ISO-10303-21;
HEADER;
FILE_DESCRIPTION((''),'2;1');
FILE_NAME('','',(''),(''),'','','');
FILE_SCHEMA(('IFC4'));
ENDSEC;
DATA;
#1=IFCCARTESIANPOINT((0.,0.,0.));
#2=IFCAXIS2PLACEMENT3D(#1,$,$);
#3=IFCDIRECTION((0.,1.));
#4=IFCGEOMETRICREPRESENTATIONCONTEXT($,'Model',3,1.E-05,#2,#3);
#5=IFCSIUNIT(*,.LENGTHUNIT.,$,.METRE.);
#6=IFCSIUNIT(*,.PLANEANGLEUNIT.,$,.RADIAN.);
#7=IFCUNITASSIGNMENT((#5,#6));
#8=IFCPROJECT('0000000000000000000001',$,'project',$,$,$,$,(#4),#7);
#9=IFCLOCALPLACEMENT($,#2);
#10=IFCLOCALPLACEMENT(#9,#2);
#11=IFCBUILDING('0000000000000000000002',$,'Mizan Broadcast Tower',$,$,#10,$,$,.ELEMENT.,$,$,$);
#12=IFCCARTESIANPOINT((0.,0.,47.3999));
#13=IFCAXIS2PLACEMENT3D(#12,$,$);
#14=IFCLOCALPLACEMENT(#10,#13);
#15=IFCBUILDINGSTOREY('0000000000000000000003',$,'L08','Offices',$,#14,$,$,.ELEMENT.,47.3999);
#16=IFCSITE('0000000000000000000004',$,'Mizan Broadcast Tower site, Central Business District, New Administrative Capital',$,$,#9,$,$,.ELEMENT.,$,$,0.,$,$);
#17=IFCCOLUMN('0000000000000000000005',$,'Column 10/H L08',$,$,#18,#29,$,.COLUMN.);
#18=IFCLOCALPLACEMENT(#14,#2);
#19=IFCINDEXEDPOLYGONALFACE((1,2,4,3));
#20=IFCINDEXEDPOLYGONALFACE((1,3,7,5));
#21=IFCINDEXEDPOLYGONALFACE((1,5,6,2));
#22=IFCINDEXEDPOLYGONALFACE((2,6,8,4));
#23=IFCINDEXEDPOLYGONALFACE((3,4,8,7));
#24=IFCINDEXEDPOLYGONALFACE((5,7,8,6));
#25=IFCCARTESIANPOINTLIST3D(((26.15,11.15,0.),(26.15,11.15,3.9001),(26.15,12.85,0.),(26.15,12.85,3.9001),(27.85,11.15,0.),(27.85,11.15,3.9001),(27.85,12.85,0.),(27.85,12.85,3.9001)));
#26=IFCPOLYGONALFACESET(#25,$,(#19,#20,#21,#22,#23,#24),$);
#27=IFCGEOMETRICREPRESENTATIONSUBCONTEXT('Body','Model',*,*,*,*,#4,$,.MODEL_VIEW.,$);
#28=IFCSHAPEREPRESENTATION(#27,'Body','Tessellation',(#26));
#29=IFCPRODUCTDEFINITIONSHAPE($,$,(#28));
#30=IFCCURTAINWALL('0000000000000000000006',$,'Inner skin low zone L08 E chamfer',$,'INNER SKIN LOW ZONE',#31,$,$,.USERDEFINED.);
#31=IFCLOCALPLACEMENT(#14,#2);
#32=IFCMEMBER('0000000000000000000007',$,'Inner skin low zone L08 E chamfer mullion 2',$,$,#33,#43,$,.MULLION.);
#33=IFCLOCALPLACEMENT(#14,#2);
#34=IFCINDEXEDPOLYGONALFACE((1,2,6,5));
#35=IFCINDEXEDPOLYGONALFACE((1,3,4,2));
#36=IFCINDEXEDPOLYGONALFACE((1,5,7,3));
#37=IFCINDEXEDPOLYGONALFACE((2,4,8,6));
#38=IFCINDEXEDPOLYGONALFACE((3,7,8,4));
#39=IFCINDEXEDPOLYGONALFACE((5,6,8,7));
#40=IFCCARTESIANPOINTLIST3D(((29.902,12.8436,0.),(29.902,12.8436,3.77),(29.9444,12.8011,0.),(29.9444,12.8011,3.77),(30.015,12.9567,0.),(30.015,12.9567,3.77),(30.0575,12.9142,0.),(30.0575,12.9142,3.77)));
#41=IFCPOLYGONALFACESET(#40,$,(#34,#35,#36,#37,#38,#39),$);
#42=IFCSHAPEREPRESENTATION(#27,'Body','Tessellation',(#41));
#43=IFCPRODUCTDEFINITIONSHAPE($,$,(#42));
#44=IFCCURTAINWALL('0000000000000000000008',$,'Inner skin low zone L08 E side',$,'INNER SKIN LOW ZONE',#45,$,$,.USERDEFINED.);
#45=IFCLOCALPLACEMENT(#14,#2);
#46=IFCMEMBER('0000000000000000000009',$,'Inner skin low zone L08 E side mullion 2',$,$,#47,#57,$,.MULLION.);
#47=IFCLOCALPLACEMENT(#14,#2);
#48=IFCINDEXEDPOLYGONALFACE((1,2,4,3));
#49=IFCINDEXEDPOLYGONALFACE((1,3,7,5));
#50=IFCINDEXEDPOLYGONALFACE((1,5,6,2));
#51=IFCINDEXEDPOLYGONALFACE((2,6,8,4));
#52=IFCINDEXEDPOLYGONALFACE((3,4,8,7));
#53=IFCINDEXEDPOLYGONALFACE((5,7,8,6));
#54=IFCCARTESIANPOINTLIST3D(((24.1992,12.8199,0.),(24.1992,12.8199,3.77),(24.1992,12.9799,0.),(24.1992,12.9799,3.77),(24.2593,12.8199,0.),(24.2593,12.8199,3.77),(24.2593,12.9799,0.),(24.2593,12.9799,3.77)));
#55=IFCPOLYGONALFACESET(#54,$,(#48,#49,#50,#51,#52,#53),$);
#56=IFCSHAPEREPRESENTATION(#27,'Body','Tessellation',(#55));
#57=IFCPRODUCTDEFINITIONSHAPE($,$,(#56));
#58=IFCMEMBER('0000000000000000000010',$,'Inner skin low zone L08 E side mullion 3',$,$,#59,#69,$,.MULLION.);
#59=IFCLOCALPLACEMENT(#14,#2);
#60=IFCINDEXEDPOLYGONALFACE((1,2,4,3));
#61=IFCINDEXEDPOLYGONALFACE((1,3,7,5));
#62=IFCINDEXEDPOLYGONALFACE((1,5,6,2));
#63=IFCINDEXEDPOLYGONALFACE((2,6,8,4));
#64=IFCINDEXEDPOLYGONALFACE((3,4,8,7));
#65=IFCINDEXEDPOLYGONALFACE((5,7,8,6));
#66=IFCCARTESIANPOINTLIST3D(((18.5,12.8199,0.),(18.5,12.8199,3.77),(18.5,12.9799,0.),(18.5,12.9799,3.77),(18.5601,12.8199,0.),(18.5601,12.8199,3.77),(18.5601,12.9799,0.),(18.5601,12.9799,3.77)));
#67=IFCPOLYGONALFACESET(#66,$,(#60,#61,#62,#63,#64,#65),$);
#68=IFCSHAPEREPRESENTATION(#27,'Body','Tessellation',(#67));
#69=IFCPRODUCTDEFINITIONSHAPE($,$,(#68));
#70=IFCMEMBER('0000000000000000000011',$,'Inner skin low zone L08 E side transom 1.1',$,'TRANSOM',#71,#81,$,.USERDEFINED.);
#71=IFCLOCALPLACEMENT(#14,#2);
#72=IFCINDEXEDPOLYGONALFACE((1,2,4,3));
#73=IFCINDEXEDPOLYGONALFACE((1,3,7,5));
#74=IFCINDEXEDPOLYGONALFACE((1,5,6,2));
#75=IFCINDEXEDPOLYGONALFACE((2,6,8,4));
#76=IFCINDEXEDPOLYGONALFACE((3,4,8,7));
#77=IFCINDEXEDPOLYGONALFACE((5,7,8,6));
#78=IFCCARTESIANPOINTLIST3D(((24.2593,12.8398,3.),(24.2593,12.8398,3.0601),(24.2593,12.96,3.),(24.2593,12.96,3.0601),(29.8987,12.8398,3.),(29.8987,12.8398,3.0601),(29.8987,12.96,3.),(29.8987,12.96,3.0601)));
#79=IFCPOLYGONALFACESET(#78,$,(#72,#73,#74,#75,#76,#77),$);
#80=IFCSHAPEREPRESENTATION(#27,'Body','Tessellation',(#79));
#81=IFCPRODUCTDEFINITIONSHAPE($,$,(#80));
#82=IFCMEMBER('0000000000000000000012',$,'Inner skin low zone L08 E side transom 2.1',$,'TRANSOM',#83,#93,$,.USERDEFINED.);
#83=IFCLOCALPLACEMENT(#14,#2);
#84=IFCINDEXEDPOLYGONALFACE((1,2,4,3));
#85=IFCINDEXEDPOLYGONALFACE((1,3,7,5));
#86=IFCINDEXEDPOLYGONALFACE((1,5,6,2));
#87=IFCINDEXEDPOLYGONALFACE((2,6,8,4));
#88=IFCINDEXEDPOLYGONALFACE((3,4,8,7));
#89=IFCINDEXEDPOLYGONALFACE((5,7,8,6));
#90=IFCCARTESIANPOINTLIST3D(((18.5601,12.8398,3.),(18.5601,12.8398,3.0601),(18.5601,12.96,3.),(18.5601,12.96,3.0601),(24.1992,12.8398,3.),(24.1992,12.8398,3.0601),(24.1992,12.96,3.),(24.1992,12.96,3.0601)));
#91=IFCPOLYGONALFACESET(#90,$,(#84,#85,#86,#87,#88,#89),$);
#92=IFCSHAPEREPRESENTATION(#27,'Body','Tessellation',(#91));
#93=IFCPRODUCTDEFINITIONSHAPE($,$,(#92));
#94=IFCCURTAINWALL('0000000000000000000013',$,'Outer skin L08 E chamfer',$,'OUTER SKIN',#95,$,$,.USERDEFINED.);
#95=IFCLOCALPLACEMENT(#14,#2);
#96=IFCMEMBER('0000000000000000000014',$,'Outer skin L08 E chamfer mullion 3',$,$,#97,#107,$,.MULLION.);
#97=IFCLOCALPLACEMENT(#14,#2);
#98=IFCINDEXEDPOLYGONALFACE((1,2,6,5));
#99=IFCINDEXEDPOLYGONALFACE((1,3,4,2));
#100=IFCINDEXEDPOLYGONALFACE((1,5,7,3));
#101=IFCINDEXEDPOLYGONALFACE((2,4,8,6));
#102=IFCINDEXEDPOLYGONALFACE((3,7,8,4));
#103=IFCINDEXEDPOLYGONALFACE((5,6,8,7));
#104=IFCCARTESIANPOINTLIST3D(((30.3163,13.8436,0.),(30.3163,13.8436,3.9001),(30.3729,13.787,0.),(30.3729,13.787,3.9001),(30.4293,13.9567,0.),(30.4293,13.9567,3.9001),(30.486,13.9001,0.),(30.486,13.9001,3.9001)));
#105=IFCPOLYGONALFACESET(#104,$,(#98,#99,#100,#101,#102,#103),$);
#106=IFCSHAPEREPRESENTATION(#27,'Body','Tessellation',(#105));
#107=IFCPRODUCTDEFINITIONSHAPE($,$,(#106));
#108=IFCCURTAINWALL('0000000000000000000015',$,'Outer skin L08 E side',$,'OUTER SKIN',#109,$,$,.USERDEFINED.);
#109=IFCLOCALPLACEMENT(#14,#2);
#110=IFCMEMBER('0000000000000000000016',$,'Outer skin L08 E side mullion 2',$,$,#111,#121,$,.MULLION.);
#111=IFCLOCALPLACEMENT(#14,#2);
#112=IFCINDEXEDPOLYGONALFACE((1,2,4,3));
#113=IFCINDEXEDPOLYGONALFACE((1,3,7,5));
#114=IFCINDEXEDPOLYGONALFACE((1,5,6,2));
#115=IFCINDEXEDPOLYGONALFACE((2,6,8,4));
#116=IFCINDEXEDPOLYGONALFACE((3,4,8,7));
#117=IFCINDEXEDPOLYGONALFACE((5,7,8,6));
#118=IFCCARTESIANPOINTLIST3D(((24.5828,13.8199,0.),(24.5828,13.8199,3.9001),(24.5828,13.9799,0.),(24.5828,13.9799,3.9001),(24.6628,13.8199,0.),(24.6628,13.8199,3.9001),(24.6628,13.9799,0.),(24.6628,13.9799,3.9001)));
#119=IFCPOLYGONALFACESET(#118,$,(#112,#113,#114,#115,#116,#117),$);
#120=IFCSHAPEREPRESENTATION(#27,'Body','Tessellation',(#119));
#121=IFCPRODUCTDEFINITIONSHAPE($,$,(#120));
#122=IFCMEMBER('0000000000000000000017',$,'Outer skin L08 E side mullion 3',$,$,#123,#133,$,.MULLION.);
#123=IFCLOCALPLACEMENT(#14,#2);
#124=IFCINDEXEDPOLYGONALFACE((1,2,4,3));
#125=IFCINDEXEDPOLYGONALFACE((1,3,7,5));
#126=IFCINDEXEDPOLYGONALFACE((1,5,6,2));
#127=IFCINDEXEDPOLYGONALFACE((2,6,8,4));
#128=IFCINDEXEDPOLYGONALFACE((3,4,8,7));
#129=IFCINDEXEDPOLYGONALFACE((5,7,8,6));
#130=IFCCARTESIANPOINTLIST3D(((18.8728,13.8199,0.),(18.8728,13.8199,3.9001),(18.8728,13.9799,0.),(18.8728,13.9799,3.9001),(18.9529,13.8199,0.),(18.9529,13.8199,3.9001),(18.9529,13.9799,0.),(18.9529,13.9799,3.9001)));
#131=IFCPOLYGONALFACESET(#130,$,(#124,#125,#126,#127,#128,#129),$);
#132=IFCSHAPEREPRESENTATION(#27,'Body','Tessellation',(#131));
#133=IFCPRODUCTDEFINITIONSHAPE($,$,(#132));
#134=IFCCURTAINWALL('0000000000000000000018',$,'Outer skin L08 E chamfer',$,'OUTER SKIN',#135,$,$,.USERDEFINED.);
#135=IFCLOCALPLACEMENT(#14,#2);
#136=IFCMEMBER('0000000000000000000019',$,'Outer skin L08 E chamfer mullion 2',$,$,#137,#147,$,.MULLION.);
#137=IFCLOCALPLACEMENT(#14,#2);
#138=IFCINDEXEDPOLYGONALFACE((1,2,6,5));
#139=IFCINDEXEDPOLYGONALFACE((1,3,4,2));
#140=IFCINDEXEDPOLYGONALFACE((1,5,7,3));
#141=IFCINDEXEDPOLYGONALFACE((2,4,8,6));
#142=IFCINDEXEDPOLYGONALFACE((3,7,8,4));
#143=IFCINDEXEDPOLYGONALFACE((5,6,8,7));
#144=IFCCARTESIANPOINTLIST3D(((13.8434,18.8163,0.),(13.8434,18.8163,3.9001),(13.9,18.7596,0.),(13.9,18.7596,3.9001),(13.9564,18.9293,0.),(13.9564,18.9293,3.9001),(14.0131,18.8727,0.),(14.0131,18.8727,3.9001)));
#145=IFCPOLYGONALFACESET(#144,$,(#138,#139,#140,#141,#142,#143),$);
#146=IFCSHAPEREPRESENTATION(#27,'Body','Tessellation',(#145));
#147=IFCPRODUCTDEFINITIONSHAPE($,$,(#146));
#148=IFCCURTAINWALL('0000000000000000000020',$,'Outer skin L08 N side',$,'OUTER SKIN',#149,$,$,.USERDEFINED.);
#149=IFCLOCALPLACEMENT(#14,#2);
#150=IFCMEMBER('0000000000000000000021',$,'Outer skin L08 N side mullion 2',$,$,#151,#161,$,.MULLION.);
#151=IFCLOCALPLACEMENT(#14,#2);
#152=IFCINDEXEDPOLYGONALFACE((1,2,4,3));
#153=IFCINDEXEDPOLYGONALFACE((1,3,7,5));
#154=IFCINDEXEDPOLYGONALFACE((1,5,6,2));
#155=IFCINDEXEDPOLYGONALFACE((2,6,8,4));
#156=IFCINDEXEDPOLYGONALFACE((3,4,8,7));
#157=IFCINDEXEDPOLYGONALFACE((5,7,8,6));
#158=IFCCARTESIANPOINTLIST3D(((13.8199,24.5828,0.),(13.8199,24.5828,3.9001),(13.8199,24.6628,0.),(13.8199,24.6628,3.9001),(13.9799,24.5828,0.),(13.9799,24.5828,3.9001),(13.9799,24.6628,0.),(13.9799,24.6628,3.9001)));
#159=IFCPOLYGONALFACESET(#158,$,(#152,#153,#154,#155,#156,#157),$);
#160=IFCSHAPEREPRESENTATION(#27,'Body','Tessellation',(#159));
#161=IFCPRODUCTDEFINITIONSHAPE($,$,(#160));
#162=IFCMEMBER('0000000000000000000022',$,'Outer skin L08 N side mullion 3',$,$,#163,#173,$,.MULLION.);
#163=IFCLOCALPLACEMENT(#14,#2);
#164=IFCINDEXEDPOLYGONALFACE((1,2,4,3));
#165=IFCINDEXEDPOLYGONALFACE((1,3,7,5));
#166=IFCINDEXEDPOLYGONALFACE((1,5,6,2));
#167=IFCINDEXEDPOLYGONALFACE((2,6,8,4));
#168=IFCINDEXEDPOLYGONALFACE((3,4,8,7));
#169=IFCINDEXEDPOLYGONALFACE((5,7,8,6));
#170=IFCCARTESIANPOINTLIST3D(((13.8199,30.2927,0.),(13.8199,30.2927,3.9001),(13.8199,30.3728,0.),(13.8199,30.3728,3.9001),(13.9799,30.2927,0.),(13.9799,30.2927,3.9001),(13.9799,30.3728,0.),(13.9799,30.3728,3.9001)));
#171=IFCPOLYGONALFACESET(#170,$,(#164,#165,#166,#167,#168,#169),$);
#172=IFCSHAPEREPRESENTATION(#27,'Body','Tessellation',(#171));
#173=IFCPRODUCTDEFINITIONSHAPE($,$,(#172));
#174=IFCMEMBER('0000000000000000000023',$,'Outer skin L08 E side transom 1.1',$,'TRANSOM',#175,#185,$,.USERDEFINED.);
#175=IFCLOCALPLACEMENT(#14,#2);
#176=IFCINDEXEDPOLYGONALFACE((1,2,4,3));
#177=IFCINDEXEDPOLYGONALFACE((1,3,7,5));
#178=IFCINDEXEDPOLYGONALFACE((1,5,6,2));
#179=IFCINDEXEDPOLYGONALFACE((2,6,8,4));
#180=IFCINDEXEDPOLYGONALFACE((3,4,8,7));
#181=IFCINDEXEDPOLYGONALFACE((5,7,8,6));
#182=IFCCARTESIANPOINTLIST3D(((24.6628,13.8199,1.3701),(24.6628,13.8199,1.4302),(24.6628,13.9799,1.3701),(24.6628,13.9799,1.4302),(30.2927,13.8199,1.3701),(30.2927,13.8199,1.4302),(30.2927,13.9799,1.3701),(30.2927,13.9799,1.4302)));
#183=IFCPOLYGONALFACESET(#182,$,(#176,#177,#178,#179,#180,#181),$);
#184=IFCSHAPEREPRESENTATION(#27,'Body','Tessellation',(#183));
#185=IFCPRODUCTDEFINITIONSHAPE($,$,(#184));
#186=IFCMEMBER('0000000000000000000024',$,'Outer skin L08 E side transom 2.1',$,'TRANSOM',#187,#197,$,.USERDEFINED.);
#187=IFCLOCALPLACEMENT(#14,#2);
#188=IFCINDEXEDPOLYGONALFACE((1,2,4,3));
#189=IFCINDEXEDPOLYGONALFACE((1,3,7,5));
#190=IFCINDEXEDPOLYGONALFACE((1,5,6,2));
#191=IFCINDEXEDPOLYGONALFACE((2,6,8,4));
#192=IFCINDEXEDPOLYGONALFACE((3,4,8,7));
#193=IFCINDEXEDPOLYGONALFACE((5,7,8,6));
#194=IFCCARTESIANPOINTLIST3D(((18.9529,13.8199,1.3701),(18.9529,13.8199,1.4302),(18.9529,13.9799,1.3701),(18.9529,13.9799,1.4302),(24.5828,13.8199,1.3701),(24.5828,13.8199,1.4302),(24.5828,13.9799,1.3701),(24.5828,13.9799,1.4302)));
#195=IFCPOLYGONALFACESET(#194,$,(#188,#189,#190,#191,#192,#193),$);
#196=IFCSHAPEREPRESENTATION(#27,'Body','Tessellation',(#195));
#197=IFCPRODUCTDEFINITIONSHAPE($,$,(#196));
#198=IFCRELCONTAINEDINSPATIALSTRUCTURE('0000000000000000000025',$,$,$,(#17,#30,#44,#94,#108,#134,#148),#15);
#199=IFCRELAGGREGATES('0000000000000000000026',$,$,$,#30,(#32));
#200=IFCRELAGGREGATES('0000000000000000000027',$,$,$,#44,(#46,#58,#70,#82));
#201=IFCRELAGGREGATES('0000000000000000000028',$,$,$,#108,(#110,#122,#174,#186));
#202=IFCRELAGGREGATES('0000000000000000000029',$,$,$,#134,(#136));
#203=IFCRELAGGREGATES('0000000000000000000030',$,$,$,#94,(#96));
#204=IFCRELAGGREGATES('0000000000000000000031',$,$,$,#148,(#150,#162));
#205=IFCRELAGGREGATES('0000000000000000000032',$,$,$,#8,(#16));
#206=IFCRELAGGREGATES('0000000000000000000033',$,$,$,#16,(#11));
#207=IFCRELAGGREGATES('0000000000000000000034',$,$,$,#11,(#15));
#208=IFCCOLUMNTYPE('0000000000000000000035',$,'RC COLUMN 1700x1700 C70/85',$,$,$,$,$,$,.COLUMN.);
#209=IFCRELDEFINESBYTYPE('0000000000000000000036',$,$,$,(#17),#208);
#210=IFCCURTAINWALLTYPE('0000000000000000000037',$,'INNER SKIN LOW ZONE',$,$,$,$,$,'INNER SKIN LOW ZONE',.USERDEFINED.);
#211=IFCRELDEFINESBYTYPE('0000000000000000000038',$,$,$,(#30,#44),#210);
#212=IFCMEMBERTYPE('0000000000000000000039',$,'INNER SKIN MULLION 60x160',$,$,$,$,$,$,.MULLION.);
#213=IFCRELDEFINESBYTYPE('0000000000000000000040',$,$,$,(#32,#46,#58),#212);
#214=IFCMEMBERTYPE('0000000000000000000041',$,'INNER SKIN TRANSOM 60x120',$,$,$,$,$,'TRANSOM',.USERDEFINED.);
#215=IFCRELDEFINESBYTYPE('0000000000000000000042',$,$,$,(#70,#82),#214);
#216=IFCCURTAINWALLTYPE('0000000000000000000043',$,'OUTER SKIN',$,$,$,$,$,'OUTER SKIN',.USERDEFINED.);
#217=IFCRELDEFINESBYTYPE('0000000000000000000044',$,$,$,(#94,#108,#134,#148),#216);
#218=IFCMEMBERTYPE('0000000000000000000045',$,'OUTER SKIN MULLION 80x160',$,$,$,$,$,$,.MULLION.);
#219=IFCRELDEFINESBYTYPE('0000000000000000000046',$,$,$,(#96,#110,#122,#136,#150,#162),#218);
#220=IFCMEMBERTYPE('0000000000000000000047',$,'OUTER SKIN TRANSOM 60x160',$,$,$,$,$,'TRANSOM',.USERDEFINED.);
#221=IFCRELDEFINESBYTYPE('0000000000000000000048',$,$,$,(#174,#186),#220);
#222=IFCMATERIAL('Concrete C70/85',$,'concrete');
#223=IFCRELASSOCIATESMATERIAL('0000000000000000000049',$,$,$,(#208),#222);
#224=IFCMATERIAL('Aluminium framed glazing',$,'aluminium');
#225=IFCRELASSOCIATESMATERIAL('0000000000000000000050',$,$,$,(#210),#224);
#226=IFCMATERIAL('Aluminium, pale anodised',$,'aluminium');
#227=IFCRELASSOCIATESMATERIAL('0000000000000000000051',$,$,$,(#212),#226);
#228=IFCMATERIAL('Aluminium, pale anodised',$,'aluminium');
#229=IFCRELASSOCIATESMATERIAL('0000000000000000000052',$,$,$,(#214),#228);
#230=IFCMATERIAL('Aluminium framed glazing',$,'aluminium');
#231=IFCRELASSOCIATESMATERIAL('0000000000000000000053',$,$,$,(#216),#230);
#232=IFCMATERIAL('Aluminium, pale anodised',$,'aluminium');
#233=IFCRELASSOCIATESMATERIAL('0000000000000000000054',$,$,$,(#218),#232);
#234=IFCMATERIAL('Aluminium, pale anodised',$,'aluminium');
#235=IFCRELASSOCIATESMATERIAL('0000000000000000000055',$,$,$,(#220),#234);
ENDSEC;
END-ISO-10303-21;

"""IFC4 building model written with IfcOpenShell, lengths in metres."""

from ifc_helpers import new_model, si_unit, direction, frame, origin, origin_2d, place, context, subcontext, project, spatial, rectangle, extrude, material, material_profile, profile_set, type_object, element, aggregate, save


model = new_model("IFC4")

# Units and contexts
model_context = context("Model", 3, precision=1e-05, world=origin(), true_north=direction((0.0, 1.0)))
body_context = subcontext(model_context, "Body", "Model", "MODEL_VIEW")
ifc_project = project(units=[si_unit("LENGTHUNIT", "METRE"), si_unit("PLANEANGLEUNIT", "RADIAN")], contexts=[model_context])

# Site, building, storey
site_placement = place(None, origin())
site = spatial("IfcSite", under=ifc_project, at=site_placement, Name="Mizan Broadcast Tower site, Central Business District, New Administrative Capital", CompositionType="ELEMENT", RefElevation=0.0)
building_placement = place(site_placement, origin())
building = spatial("IfcBuilding", under=site, at=building_placement, Name="Mizan Broadcast Tower", CompositionType="ELEMENT")
storey_placement = place(building_placement, frame((0.0, 0.0, 47.3999)))
storey = spatial("IfcBuildingStorey", under=building, at=storey_placement, Name="L08", Description="Offices", CompositionType="ELEMENT", Elevation=47.3999)

# Column
ifc_material_1 = material(Name="Concrete C70/85", Category="concrete")
ifc_material_profile_1 = material_profile(ifc_material_1, rectangle(XDim=1.7, YDim=1.7, at=origin_2d()), Name="RC 1700x1700")
ifc_profile_set_1 = profile_set([ifc_material_profile_1], Name="Concrete C70/85")
column_type = type_object("IfcColumnType", Name="RC COLUMN 1700x1700 C70/85", PredefinedType="COLUMN", material=ifc_profile_set_1)
column_placement = place(storey_placement, frame((27.0, 12.0, 0.0), z_axis=(0.0, 0.0, 1.0), x_axis=(1.0, 0.0, 0.0)))
element("IfcColumn", 1, at=column_placement, inside=storey, type_object=column_type, Name="Column 10/H L08", PredefinedType="COLUMN", context=body_context, shape_type="SweptSolid", body=[
    extrude(rectangle(XDim=1.7, YDim=1.7, at=origin_2d()), origin(), (0.0, 0.0, 1.0), 3.9001),
])

# Curtain wall, member
ifc_material_2 = material(Name="Aluminium framed glazing", Category="aluminium")
curtain_wall_type_1 = type_object("IfcCurtainWallType", Name="INNER SKIN LOW ZONE", ElementType="INNER SKIN LOW ZONE", PredefinedType="USERDEFINED", material=ifc_material_2)
curtain_wall_1_placement = place(storey_placement, origin())
curtain_wall_1 = element("IfcCurtainWall", 2, at=curtain_wall_1_placement, inside=storey, type_object=curtain_wall_type_1, Name="Inner skin low zone L08 E chamfer", ObjectType="INNER SKIN LOW ZONE", PredefinedType="USERDEFINED")
ifc_material_3 = material(Name="Aluminium, pale anodised", Category="aluminium")
ifc_material_profile_2 = material_profile(ifc_material_3, rectangle(XDim=0.1599, YDim=0.0601, at=origin_2d()), Name="MULLION 160x60")
ifc_profile_set_2 = profile_set([ifc_material_profile_2], Name="Aluminium, pale anodised")
member_type_1 = type_object("IfcMemberType", Name="INNER SKIN MULLION 60x160", PredefinedType="MULLION", material=ifc_profile_set_2)
member_1_placement = place(storey_placement, frame((29.9797, 12.8789, 0.0), z_axis=(0.0, 0.0, 1.0), x_axis=(-0.707107, -0.707107, 0.0)))
member_1 = element("IfcMember", 3, at=member_1_placement, type_object=member_type_1, Name="Inner skin low zone L08 E chamfer mullion 2", PredefinedType="MULLION", context=body_context, shape_type="SweptSolid", body=[
    extrude(rectangle(XDim=0.1599, YDim=0.0601, at=origin_2d()), origin(), (0.0, 0.0, 1.0), 3.77),
])
aggregate(curtain_wall_1, [member_1])

# Curtain wall, members
curtain_wall_2_placement = place(storey_placement, origin())
curtain_wall_2 = element("IfcCurtainWall", 4, at=curtain_wall_2_placement, inside=storey, type_object=curtain_wall_type_1, Name="Inner skin low zone L08 E side", ObjectType="INNER SKIN LOW ZONE", PredefinedType="USERDEFINED")
member_2_placement = place(storey_placement, frame((24.2292, 12.8999, 0.0), z_axis=(0.0, 0.0, 1.0), x_axis=(0.0, -1.0, 0.0)))
member_2 = element("IfcMember", 5, at=member_2_placement, type_object=member_type_1, Name="Inner skin low zone L08 E side mullion 2", PredefinedType="MULLION", context=body_context, shape_type="SweptSolid", body=[
    extrude(rectangle(XDim=0.1599, YDim=0.0601, at=origin_2d()), origin(), (0.0, 0.0, 1.0), 3.77),
])
member_3_placement = place(storey_placement, frame((18.53, 12.8999, 0.0), z_axis=(0.0, 0.0, 1.0), x_axis=(0.0, -1.0, 0.0)))
member_3 = element("IfcMember", 6, at=member_3_placement, type_object=member_type_1, Name="Inner skin low zone L08 E side mullion 3", PredefinedType="MULLION", context=body_context, shape_type="SweptSolid", body=[
    extrude(rectangle(XDim=0.1599, YDim=0.0601, at=origin_2d()), origin(), (0.0, 0.0, 1.0), 3.77),
])
ifc_material_4 = material(Name="Aluminium, pale anodised", Category="aluminium")
ifc_material_profile_3 = material_profile(ifc_material_4, rectangle(XDim=0.1201, YDim=0.0601, at=origin_2d()), Name="TRANSOM 120x60")
ifc_profile_set_3 = profile_set([ifc_material_profile_3], Name="Aluminium, pale anodised")
member_type_2 = type_object("IfcMemberType", Name="INNER SKIN TRANSOM 60x120", ElementType="TRANSOM", PredefinedType="USERDEFINED", material=ifc_profile_set_3)
member_4_placement = place(storey_placement, frame((29.8987, 12.8999, 3.03), z_axis=(-1.0, 0.0, 0.0), x_axis=(0.0, -1.0, 0.0)))
member_4 = element("IfcMember", 7, at=member_4_placement, type_object=member_type_2, Name="Inner skin low zone L08 E side transom 1.1", ObjectType="TRANSOM", PredefinedType="USERDEFINED", context=body_context, shape_type="SweptSolid", body=[
    extrude(rectangle(XDim=0.1201, YDim=0.0601, at=origin_2d()), origin(), (0.0, 0.0, 1.0), 5.6394),
])
member_5_placement = place(storey_placement, frame((24.1992, 12.8999, 3.03), z_axis=(-1.0, 0.0, 0.0), x_axis=(0.0, -1.0, 0.0)))
member_5 = element("IfcMember", 8, at=member_5_placement, type_object=member_type_2, Name="Inner skin low zone L08 E side transom 2.1", ObjectType="TRANSOM", PredefinedType="USERDEFINED", context=body_context, shape_type="SweptSolid", body=[
    extrude(rectangle(XDim=0.1201, YDim=0.0601, at=origin_2d()), origin(), (0.0, 0.0, 1.0), 5.6392),
])

# Curtain wall, member
ifc_material_5 = material(Name="Aluminium framed glazing", Category="aluminium")
curtain_wall_type_2 = type_object("IfcCurtainWallType", Name="OUTER SKIN", ElementType="OUTER SKIN", PredefinedType="USERDEFINED", material=ifc_material_5)
curtain_wall_3_placement = place(storey_placement, origin())
curtain_wall_3 = element("IfcCurtainWall", 9, at=curtain_wall_3_placement, inside=storey, type_object=curtain_wall_type_2, Name="Outer skin L08 E chamfer", ObjectType="OUTER SKIN", PredefinedType="USERDEFINED")
ifc_material_6 = material(Name="Aluminium, pale anodised", Category="aluminium")
ifc_material_profile_4 = material_profile(ifc_material_6, rectangle(XDim=0.1599, YDim=0.0801, at=origin_2d()), Name="MULLION 160x80")
ifc_profile_set_4 = profile_set([ifc_material_profile_4], Name="Aluminium, pale anodised")
member_type_3 = type_object("IfcMemberType", Name="OUTER SKIN MULLION 80x160", PredefinedType="MULLION", material=ifc_profile_set_4)
member_6_placement = place(storey_placement, frame((30.4011, 13.8718, 0.0), z_axis=(0.0, 0.0, 1.0), x_axis=(-0.707107, -0.707107, 0.0)))
member_6 = element("IfcMember", 10, at=member_6_placement, type_object=member_type_3, Name="Outer skin L08 E chamfer mullion 3", PredefinedType="MULLION", context=body_context, shape_type="SweptSolid", body=[
    extrude(rectangle(XDim=0.1599, YDim=0.0801, at=origin_2d()), origin(), (0.0, 0.0, 1.0), 3.9001),
])

# Curtain wall, members
curtain_wall_4_placement = place(storey_placement, origin())
curtain_wall_4 = element("IfcCurtainWall", 11, at=curtain_wall_4_placement, inside=storey, type_object=curtain_wall_type_2, Name="Outer skin L08 E side", ObjectType="OUTER SKIN", PredefinedType="USERDEFINED")
member_7_placement = place(storey_placement, frame((24.6228, 13.8999, 0.0), z_axis=(0.0, 0.0, 1.0), x_axis=(0.0, -1.0, 0.0)))
member_7 = element("IfcMember", 12, at=member_7_placement, type_object=member_type_3, Name="Outer skin L08 E side mullion 2", PredefinedType="MULLION", context=body_context, shape_type="SweptSolid", body=[
    extrude(rectangle(XDim=0.1599, YDim=0.0801, at=origin_2d()), origin(), (0.0, 0.0, 1.0), 3.9001),
])
member_8_placement = place(storey_placement, frame((18.9128, 13.8999, 0.0), z_axis=(0.0, 0.0, 1.0), x_axis=(0.0, -1.0, 0.0)))
member_8 = element("IfcMember", 13, at=member_8_placement, type_object=member_type_3, Name="Outer skin L08 E side mullion 3", PredefinedType="MULLION", context=body_context, shape_type="SweptSolid", body=[
    extrude(rectangle(XDim=0.1599, YDim=0.0801, at=origin_2d()), origin(), (0.0, 0.0, 1.0), 3.9001),
])

# Curtain wall, member
curtain_wall_5_placement = place(storey_placement, origin())
curtain_wall_5 = element("IfcCurtainWall", 14, at=curtain_wall_5_placement, inside=storey, type_object=curtain_wall_type_2, Name="Outer skin L08 E chamfer", ObjectType="OUTER SKIN", PredefinedType="USERDEFINED")
member_9_placement = place(storey_placement, frame((13.9282, 18.8445, 0.0), z_axis=(0.0, 0.0, 1.0), x_axis=(-0.707107, -0.707107, 0.0)))
member_9 = element("IfcMember", 15, at=member_9_placement, type_object=member_type_3, Name="Outer skin L08 E chamfer mullion 2", PredefinedType="MULLION", context=body_context, shape_type="SweptSolid", body=[
    extrude(rectangle(XDim=0.1599, YDim=0.0801, at=origin_2d()), origin(), (0.0, 0.0, 1.0), 3.9001),
])

# Curtain wall, members
curtain_wall_6_placement = place(storey_placement, origin())
curtain_wall_6 = element("IfcCurtainWall", 16, at=curtain_wall_6_placement, inside=storey, type_object=curtain_wall_type_2, Name="Outer skin L08 N side", ObjectType="OUTER SKIN", PredefinedType="USERDEFINED")
member_10_placement = place(storey_placement, frame((13.8999, 24.6228, 0.0), z_axis=(0.0, 0.0, 1.0), x_axis=(-1.0, 0.0, 0.0)))
member_10 = element("IfcMember", 17, at=member_10_placement, type_object=member_type_3, Name="Outer skin L08 N side mullion 2", PredefinedType="MULLION", context=body_context, shape_type="SweptSolid", body=[
    extrude(rectangle(XDim=0.1599, YDim=0.0801, at=origin_2d()), origin(), (0.0, 0.0, 1.0), 3.9001),
])
member_11_placement = place(storey_placement, frame((13.8999, 30.3328, 0.0), z_axis=(0.0, 0.0, 1.0), x_axis=(-1.0, 0.0, 0.0)))
member_11 = element("IfcMember", 18, at=member_11_placement, type_object=member_type_3, Name="Outer skin L08 N side mullion 3", PredefinedType="MULLION", context=body_context, shape_type="SweptSolid", body=[
    extrude(rectangle(XDim=0.1599, YDim=0.0801, at=origin_2d()), origin(), (0.0, 0.0, 1.0), 3.9001),
])

# Members
ifc_material_7 = material(Name="Aluminium, pale anodised", Category="aluminium")
ifc_material_profile_5 = material_profile(ifc_material_7, rectangle(XDim=0.1599, YDim=0.0601, at=origin_2d()), Name="TRANSOM 160x60")
ifc_profile_set_5 = profile_set([ifc_material_profile_5], Name="Aluminium, pale anodised")
member_type_4 = type_object("IfcMemberType", Name="OUTER SKIN TRANSOM 60x160", ElementType="TRANSOM", PredefinedType="USERDEFINED", material=ifc_profile_set_5)
member_12_placement = place(storey_placement, frame((30.2927, 13.8999, 1.4001), z_axis=(-1.0, 0.0, 0.0), x_axis=(0.0, -1.0, 0.0)))
member_12 = element("IfcMember", 19, at=member_12_placement, type_object=member_type_4, Name="Outer skin L08 E side transom 1.1", ObjectType="TRANSOM", PredefinedType="USERDEFINED", context=body_context, shape_type="SweptSolid", body=[
    extrude(rectangle(XDim=0.1599, YDim=0.0601, at=origin_2d()), origin(), (0.0, 0.0, 1.0), 5.6299),
])
member_13_placement = place(storey_placement, frame((24.5828, 13.8999, 1.4001), z_axis=(-1.0, 0.0, 0.0), x_axis=(0.0, -1.0, 0.0)))
member_13 = element("IfcMember", 20, at=member_13_placement, type_object=member_type_4, Name="Outer skin L08 E side transom 2.1", ObjectType="TRANSOM", PredefinedType="USERDEFINED", context=body_context, shape_type="SweptSolid", body=[
    extrude(rectangle(XDim=0.1599, YDim=0.0601, at=origin_2d()), origin(), (0.0, 0.0, 1.0), 5.6299),
])

aggregate(curtain_wall_2, [member_2, member_3, member_4, member_5])
aggregate(curtain_wall_4, [member_7, member_8, member_12, member_13])
aggregate(curtain_wall_5, [member_9])
aggregate(curtain_wall_3, [member_6])
aggregate(curtain_wall_6, [member_10, member_11])

save(model, "model.ifc")
